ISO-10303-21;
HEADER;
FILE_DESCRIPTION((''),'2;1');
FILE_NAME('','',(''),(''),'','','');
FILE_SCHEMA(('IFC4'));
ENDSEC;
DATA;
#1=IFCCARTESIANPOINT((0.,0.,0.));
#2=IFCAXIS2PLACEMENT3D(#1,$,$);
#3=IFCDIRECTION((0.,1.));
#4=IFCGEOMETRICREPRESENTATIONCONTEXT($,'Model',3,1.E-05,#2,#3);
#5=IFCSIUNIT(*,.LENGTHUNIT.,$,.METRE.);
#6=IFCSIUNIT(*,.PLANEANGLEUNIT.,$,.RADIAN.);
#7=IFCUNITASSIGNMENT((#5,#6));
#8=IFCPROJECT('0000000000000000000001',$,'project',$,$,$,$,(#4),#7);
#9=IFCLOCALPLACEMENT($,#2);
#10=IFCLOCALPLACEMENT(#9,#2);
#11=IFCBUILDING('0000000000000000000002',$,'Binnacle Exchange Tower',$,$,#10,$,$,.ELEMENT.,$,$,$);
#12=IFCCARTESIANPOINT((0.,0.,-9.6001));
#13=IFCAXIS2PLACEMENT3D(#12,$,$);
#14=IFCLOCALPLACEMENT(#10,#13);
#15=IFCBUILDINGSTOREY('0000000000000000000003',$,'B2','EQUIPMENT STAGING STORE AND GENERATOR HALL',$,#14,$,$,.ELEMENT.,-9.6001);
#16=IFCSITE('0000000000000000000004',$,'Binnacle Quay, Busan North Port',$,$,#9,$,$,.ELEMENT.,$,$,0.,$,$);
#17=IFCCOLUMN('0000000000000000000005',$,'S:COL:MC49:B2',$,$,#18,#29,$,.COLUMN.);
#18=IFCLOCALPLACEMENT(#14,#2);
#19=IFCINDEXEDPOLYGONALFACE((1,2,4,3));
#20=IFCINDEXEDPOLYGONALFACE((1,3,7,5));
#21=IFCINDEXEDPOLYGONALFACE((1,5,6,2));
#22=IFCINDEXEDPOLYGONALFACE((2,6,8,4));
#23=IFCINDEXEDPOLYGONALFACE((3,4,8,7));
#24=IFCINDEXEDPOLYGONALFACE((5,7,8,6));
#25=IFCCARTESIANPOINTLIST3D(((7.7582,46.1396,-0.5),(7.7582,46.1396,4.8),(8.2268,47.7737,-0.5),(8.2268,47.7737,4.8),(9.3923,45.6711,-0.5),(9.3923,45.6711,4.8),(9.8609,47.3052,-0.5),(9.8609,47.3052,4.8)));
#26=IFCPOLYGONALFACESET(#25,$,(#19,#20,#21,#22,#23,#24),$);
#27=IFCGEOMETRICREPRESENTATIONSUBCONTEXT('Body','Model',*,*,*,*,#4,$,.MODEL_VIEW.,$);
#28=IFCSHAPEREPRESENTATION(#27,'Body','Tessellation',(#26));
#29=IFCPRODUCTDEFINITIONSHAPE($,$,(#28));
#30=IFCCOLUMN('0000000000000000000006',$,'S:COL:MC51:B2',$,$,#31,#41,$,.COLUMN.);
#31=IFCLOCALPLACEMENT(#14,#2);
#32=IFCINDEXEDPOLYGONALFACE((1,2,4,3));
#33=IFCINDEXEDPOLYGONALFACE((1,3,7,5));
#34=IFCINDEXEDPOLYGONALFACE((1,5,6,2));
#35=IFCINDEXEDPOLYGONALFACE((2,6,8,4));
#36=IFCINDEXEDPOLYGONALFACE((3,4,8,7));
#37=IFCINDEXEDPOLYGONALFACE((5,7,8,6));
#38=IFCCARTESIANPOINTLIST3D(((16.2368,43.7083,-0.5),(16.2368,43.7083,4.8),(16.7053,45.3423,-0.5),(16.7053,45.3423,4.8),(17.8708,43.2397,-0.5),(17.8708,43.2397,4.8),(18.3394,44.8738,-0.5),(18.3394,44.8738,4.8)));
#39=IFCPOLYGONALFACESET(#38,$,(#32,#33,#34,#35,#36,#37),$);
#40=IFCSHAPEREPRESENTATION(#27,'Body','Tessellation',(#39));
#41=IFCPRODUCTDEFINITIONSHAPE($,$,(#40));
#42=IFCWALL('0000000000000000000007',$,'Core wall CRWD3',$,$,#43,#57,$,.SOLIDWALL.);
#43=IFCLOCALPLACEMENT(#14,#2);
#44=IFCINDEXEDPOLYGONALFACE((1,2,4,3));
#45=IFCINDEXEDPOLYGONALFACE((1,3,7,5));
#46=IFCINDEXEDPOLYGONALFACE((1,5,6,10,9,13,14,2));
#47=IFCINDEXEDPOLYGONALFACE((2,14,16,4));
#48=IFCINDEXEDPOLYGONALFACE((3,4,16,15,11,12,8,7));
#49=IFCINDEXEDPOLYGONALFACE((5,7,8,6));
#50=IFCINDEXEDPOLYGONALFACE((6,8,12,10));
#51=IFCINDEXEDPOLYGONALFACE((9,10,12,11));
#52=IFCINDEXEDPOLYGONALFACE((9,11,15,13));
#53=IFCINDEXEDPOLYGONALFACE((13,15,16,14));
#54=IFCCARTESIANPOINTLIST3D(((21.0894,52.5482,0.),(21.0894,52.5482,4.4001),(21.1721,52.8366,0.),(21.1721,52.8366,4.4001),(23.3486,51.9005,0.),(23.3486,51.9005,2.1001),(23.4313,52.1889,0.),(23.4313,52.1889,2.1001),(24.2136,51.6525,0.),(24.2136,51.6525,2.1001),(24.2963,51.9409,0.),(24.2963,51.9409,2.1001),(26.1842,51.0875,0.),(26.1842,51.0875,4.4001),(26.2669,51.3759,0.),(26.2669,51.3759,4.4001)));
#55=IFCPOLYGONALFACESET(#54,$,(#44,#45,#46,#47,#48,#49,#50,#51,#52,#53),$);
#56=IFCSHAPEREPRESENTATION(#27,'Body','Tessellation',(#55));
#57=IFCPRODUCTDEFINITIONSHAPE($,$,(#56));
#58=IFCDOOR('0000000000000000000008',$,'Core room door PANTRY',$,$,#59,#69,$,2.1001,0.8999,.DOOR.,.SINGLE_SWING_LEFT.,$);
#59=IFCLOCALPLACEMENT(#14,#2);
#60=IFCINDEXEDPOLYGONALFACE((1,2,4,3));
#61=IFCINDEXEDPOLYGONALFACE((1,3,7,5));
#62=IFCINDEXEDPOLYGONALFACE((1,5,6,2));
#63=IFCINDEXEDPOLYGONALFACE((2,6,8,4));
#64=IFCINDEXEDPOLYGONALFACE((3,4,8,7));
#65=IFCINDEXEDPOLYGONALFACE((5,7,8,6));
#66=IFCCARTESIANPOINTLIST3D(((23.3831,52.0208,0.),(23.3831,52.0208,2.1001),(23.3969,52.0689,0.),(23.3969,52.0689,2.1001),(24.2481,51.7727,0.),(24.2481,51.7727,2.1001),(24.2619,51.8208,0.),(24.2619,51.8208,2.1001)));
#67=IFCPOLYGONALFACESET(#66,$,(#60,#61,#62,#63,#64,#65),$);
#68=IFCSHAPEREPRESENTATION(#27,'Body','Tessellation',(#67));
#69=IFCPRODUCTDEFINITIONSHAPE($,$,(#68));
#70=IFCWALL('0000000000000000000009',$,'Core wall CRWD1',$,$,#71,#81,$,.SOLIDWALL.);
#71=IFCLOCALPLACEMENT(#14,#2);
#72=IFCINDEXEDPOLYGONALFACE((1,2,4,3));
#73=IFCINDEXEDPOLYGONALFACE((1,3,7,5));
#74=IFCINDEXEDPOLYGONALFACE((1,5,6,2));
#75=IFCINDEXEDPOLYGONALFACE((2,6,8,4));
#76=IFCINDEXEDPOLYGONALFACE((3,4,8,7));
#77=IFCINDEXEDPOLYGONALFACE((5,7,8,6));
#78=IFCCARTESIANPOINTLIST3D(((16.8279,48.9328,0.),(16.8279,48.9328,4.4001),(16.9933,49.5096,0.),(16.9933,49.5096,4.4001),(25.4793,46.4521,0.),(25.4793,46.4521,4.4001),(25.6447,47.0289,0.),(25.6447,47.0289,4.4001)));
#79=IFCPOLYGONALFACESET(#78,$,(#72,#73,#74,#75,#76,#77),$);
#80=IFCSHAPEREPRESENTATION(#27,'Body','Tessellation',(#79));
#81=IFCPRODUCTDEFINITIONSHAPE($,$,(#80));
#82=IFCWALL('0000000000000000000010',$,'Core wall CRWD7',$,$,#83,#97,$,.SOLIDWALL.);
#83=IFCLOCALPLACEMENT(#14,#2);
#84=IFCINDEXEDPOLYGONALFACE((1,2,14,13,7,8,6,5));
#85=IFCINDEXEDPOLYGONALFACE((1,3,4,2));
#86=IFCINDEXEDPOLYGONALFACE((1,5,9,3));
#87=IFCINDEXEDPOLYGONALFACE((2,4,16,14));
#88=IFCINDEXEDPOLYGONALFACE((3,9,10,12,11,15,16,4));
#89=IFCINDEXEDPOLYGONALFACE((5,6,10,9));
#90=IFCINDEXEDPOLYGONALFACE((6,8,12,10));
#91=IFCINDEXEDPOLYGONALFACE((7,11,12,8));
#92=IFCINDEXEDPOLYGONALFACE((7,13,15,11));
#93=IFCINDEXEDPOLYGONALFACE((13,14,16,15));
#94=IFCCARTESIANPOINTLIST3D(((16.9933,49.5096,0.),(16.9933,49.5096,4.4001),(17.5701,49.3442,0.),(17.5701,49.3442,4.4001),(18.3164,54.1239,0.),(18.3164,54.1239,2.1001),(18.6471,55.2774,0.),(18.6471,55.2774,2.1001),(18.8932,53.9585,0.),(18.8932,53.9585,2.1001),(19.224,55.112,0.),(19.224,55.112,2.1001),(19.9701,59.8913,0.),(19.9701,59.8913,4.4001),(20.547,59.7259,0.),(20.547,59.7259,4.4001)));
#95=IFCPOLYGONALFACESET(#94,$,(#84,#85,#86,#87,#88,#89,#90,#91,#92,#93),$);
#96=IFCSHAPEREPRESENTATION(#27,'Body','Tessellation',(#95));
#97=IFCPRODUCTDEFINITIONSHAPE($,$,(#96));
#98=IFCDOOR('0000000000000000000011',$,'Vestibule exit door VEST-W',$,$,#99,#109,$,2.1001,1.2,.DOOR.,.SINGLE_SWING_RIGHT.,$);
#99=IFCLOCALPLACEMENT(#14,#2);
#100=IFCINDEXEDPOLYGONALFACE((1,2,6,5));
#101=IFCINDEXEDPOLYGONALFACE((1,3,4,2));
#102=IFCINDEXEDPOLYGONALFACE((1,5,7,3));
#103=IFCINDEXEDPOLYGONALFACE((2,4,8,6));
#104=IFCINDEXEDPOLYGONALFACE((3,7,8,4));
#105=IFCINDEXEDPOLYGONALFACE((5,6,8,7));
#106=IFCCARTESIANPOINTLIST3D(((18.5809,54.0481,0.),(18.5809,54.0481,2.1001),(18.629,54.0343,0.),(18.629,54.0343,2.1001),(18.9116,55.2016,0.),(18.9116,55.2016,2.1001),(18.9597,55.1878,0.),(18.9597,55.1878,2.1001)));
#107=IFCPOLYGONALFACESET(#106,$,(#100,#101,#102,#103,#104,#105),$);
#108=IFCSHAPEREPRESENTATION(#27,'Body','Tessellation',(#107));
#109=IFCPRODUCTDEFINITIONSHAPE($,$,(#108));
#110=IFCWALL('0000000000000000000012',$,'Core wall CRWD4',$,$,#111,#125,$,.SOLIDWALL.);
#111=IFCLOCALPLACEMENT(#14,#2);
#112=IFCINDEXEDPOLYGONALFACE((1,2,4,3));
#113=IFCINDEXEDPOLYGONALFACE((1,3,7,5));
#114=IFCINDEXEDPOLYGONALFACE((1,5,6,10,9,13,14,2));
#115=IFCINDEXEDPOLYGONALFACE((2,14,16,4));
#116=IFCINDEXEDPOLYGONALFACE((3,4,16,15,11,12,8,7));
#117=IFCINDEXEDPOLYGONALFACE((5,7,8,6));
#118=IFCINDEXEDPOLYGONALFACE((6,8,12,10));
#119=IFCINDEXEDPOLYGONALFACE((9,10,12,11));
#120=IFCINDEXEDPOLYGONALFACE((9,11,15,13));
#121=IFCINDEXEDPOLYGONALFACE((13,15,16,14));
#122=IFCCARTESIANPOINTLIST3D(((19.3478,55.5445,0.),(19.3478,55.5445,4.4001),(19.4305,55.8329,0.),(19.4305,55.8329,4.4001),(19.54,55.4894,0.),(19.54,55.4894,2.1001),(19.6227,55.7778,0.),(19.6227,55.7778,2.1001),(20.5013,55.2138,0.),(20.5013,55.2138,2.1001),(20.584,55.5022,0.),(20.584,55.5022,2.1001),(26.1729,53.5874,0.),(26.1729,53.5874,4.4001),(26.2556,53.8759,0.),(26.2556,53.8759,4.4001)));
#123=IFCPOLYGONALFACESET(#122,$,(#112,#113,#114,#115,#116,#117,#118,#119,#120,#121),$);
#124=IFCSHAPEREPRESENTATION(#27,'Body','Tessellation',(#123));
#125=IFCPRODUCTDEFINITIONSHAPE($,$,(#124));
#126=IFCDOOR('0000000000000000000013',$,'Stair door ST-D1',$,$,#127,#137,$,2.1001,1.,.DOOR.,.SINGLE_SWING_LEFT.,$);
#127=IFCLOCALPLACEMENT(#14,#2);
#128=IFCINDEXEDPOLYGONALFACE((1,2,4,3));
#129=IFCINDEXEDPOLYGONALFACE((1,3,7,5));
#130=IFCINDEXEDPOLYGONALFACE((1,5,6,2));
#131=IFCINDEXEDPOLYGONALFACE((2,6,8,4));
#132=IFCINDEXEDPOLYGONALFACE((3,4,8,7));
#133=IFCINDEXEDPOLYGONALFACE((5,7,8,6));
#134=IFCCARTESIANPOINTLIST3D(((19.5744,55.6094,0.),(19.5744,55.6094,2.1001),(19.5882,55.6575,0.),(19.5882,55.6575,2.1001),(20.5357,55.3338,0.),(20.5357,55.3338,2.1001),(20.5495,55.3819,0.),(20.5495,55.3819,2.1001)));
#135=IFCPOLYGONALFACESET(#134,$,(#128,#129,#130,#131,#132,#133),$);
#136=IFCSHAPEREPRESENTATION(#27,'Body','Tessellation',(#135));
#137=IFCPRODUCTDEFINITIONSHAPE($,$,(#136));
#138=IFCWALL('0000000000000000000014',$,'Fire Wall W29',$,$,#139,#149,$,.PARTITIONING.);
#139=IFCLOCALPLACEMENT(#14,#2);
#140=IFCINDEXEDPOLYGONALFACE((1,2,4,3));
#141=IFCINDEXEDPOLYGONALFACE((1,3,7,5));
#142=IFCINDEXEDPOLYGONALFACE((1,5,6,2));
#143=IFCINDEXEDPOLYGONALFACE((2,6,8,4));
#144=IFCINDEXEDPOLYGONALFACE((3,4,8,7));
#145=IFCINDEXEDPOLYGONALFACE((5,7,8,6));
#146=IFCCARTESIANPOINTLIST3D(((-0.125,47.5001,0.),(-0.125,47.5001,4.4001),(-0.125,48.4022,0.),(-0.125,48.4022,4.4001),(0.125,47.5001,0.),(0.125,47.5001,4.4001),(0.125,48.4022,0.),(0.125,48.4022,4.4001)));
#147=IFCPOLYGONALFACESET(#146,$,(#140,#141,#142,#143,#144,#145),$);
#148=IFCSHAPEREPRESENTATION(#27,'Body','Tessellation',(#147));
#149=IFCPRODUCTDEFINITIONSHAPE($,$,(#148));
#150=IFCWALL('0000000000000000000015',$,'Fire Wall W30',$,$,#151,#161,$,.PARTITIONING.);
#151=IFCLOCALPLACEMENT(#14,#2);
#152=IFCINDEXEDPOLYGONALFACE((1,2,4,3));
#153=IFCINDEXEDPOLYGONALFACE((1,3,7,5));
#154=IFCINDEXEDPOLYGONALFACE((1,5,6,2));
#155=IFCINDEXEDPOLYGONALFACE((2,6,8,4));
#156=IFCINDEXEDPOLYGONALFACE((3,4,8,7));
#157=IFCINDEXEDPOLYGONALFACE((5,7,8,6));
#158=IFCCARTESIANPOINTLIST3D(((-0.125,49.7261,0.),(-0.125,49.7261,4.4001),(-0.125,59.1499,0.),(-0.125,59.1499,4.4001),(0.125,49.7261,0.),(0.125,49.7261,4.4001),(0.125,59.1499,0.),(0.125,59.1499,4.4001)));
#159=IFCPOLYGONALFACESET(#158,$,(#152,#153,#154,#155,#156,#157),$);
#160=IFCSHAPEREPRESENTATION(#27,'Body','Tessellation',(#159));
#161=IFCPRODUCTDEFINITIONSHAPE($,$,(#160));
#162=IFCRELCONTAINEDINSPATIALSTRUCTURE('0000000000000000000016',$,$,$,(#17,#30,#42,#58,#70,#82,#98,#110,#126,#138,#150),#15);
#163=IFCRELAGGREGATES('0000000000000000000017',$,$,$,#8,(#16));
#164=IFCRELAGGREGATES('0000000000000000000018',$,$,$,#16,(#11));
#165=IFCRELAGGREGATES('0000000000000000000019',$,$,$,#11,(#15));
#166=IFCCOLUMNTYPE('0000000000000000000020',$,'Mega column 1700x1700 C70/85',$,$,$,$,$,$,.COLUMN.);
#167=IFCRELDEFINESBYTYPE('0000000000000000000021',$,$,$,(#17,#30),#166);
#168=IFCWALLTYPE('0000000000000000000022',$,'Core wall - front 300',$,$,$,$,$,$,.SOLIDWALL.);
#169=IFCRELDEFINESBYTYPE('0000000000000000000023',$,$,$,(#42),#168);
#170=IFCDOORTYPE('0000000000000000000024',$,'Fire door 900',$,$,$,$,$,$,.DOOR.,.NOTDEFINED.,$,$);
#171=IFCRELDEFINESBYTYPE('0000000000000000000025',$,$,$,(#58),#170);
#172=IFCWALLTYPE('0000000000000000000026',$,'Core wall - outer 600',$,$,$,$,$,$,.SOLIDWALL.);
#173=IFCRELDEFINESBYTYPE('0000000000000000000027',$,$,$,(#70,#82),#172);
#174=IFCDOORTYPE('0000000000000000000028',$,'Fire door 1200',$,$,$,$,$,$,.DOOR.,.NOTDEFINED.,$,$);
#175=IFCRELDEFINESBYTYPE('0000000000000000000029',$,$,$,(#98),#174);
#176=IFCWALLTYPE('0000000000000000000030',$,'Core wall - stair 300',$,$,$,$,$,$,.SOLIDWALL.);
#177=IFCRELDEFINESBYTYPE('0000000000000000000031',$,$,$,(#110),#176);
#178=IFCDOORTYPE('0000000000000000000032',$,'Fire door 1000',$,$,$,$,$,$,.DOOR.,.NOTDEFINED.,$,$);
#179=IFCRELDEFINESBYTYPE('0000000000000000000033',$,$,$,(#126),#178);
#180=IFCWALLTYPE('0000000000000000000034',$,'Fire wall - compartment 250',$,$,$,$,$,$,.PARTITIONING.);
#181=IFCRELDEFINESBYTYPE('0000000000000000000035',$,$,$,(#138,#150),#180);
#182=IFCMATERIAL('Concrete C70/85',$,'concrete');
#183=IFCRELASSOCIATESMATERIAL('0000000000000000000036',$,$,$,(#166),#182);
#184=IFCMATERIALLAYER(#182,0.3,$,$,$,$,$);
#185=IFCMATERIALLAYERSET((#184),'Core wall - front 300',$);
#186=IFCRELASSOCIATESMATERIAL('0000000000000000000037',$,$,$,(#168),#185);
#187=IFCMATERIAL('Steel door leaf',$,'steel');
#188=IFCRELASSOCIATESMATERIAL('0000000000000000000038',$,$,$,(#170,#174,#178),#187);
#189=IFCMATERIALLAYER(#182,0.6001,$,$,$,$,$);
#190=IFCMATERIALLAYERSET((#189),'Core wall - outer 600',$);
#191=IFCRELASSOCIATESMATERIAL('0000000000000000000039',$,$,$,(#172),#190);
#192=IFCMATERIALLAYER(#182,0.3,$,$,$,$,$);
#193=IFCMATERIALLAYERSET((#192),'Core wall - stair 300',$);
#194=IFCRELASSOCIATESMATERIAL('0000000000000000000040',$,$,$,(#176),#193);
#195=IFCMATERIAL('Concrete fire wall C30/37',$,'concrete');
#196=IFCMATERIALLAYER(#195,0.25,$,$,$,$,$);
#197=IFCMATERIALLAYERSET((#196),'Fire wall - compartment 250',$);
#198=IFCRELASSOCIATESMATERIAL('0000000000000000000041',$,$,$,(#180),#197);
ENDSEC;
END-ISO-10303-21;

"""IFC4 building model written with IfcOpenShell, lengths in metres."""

from ifc_helpers import new_model, si_unit, direction, frame, frame_2d, origin, origin_2d, place, context, subcontext, project, spatial, rectangle, extrude, material, layer, layer_set, material_profile, profile_set, type_object, element, fill, save


model = new_model("IFC4")

# Units and contexts
model_context = context("Model", 3, precision=1e-05, world=origin(), true_north=direction((0.0, 1.0)))
body_context = subcontext(model_context, "Body", "Model", "MODEL_VIEW")
ifc_project = project(units=[si_unit("LENGTHUNIT", "METRE"), si_unit("PLANEANGLEUNIT", "RADIAN")], contexts=[model_context])

# Site, building, storey
site_placement = place(None, origin())
site = spatial("IfcSite", under=ifc_project, at=site_placement, Name="Binnacle Quay, Busan North Port", CompositionType="ELEMENT", RefElevation=0.0)
building_placement = place(site_placement, origin())
building = spatial("IfcBuilding", under=site, at=building_placement, Name="Binnacle Exchange Tower", CompositionType="ELEMENT")
storey_placement = place(building_placement, frame((0.0, 0.0, -9.6001)))
storey = spatial("IfcBuildingStorey", under=building, at=storey_placement, Name="B2", Description="EQUIPMENT STAGING STORE AND GENERATOR HALL", CompositionType="ELEMENT", Elevation=-9.6001)

# Columns
ifc_material_1 = material(Name="Concrete C70/85", Category="concrete")
ifc_material_profile_1 = material_profile(ifc_material_1, rectangle(XDim=1.7, YDim=1.7, at=origin_2d()), Name="Mega column 1700x1700 C70/85")
ifc_profile_set_1 = profile_set([ifc_material_profile_1], Name="Concrete C70/85")
column_type = type_object("IfcColumnType", Name="Mega column 1700x1700 C70/85", PredefinedType="COLUMN", material=ifc_profile_set_1)
for number, where, z_axis, x_axis, name in (
    (1, (8.8096, 46.7224, -0.5), (0.0, 0.0, 1.0), (0.961262, -0.275637, 0.0), "S:COL:MC49:B2"),
    (2, (17.2881, 44.291, -0.5), (0.0, 0.0, 1.0), (0.961262, -0.275637, 0.0), "S:COL:MC51:B2"),
):
    element("IfcColumn", number, at=place(storey_placement, frame(where, z_axis=z_axis, x_axis=x_axis)), inside=storey, type_object=column_type, Name=name, PredefinedType="COLUMN", context=body_context, shape_type="SweptSolid", body=[
        extrude(rectangle(XDim=1.7, YDim=1.7, at=origin_2d()), origin(), (0.0, 0.0, 1.0), 5.3),
    ])

# Wall, opening, door
ifc_layer_1 = layer(ifc_material_1, 0.3)
ifc_layer_set_1 = layer_set([ifc_layer_1], Name="Core wall - front 300")
wall_type_1 = type_object("IfcWallType", Name="Core wall - front 300", PredefinedType="SOLIDWALL", material=ifc_layer_set_1)
wall_1_placement = place(storey_placement, frame((21.1309, 52.6924, 0.0), z_axis=(0.0, 0.0, 1.0), x_axis=(0.961271, -0.275603, 0.0)))
wall_1 = element("IfcWall", 3, at=wall_1_placement, inside=storey, type_object=wall_type_1, Name="Core wall CRWD3", PredefinedType="SOLIDWALL", context=body_context, shape_type="SweptSolid", body=[
    extrude(rectangle(XDim=5.3, YDim=0.3, at=frame_2d((2.6499, 0.0))), origin(), (0.0, 0.0, 1.0), 4.4001),
])
opening_1_placement = place(wall_1_placement, frame((2.3501, 0.0, 0.0)))
opening_1 = element("IfcOpeningElement", 4, at=opening_1_placement, cuts=wall_1, PredefinedType="OPENING", context=body_context, shape_type="SweptSolid", body=[
    extrude(rectangle(XDim=0.8999, YDim=2.1001, at=frame_2d((0.45, 1.05))), frame((0.0, 0.1599, 0.0), z_axis=(0.0, -1.0, 0.0), x_axis=(1.0, 0.0, 0.0)), (0.0, 0.0, 1.0), 0.3201),
])
ifc_material_2 = material(Name="Steel door leaf", Category="steel")
door_type_1 = type_object("IfcDoorType", Name="Fire door 900", OperationType="NOTDEFINED", PredefinedType="DOOR", material=ifc_material_2)
door_1_placement = place(opening_1_placement, frame((0.8999, 0.0, 0.0), z_axis=(0.0, 0.0, 1.0), x_axis=(-1.0, 0.0, 0.0)))
door_1 = element("IfcDoor", 5, at=door_1_placement, inside=storey, type_object=door_type_1, Name="Core room door PANTRY", OperationType="SINGLE_SWING_LEFT", OverallHeight=2.1001, OverallWidth=0.8999, PredefinedType="DOOR", context=body_context, shape_type="SweptSolid", body=[
    extrude(rectangle(XDim=0.8999, YDim=2.1001, at=frame_2d((0.45, 1.05))), frame((0.0, 0.0249, 0.0), z_axis=(0.0, -1.0, 0.0), x_axis=(1.0, 0.0, 0.0)), (0.0, 0.0, 1.0), 0.05),
])
fill(opening_1, door_1)

# Wall
ifc_layer_2 = layer(ifc_material_1, 0.6001)
ifc_layer_set_2 = layer_set([ifc_layer_2], Name="Core wall - outer 600")
wall_type_2 = type_object("IfcWallType", Name="Core wall - outer 600", PredefinedType="SOLIDWALL", material=ifc_layer_set_2)
wall_2_placement = place(storey_placement, frame((16.9106, 49.2212, 0.0), z_axis=(0.0, 0.0, 1.0), x_axis=(0.961262, -0.275635, 0.0)))
element("IfcWall", 6, at=wall_2_placement, inside=storey, type_object=wall_type_2, Name="Core wall CRWD1", PredefinedType="SOLIDWALL", context=body_context, shape_type="SweptSolid", body=[
    extrude(rectangle(XDim=9.0, YDim=0.6001, at=frame_2d((4.5, 0.0))), origin(), (0.0, 0.0, 1.0), 4.4001),
])

# Walls, openings, doors
wall_3_placement = place(storey_placement, frame((17.2817, 49.427, 0.0), z_axis=(0.0, 0.0, 1.0), x_axis=(0.275632, 0.961263, 0.0)))
wall_3 = element("IfcWall", 7, at=wall_3_placement, inside=storey, type_object=wall_type_2, Name="Core wall CRWD7", PredefinedType="SOLIDWALL", context=body_context, shape_type="SweptSolid", body=[
    extrude(rectangle(XDim=10.8, YDim=0.6001, at=frame_2d((5.3999, 0.0))), origin(), (0.0, 0.0, 1.0), 4.4001),
])
opening_2_placement = place(wall_3_placement, frame((4.8, 0.0, 0.0)))
opening_2 = element("IfcOpeningElement", 8, at=opening_2_placement, cuts=wall_3, PredefinedType="OPENING", context=body_context, shape_type="SweptSolid", body=[
    extrude(rectangle(XDim=1.2, YDim=2.1001, at=frame_2d((0.6001, 1.05))), frame((0.0, 0.3101, 0.0), z_axis=(0.0, -1.0, 0.0), x_axis=(1.0, 0.0, 0.0)), (0.0, 0.0, 1.0), 0.6201),
])
door_type_2 = type_object("IfcDoorType", Name="Fire door 1200", OperationType="NOTDEFINED", PredefinedType="DOOR", material=ifc_material_2)
door_2_placement = place(opening_2_placement, origin())
door_2 = element("IfcDoor", 9, at=door_2_placement, inside=storey, type_object=door_type_2, Name="Vestibule exit door VEST-W", OperationType="SINGLE_SWING_RIGHT", OverallHeight=2.1001, OverallWidth=1.2, PredefinedType="DOOR", context=body_context, shape_type="SweptSolid", body=[
    extrude(rectangle(XDim=1.2, YDim=2.1001, at=frame_2d((0.6001, 1.05))), frame((0.0, 0.0249, 0.0), z_axis=(0.0, -1.0, 0.0), x_axis=(1.0, 0.0, 0.0)), (0.0, 0.0, 1.0), 0.05),
])
fill(opening_2, door_2)
ifc_layer_3 = layer(ifc_material_1, 0.3)
ifc_layer_set_3 = layer_set([ifc_layer_3], Name="Core wall - stair 300")
wall_type_3 = type_object("IfcWallType", Name="Core wall - stair 300", PredefinedType="SOLIDWALL", material=ifc_layer_set_3)
wall_4_placement = place(storey_placement, frame((19.3892, 55.6887, 0.0), z_axis=(0.0, 0.0, 1.0), x_axis=(0.961261, -0.275638, 0.0)))
wall_4 = element("IfcWall", 10, at=wall_4_placement, inside=storey, type_object=wall_type_3, Name="Core wall CRWD4", PredefinedType="SOLIDWALL", context=body_context, shape_type="SweptSolid", body=[
    extrude(rectangle(XDim=7.1001, YDim=0.3, at=frame_2d((3.55, 0.0))), origin(), (0.0, 0.0, 1.0), 4.4001),
])
opening_3_placement = place(wall_4_placement, frame((0.2, 0.0, 0.0)))
opening_3 = element("IfcOpeningElement", 11, at=opening_3_placement, cuts=wall_4, PredefinedType="OPENING", context=body_context, shape_type="SweptSolid", body=[
    extrude(rectangle(XDim=1.0, YDim=2.1001, at=frame_2d((0.5, 1.05))), frame((0.0, 0.1599, 0.0), z_axis=(0.0, -1.0, 0.0), x_axis=(1.0, 0.0, 0.0)), (0.0, 0.0, 1.0), 0.3201),
])
door_type_3 = type_object("IfcDoorType", Name="Fire door 1000", OperationType="NOTDEFINED", PredefinedType="DOOR", material=ifc_material_2)
door_3_placement = place(opening_3_placement, origin())
door_3 = element("IfcDoor", 12, at=door_3_placement, inside=storey, type_object=door_type_3, Name="Stair door ST-D1", OperationType="SINGLE_SWING_LEFT", OverallHeight=2.1001, OverallWidth=1.0, PredefinedType="DOOR", context=body_context, shape_type="SweptSolid", body=[
    extrude(rectangle(XDim=1.0, YDim=2.1001, at=frame_2d((0.5, 1.05))), frame((0.0, 0.0249, 0.0), z_axis=(0.0, -1.0, 0.0), x_axis=(1.0, 0.0, 0.0)), (0.0, 0.0, 1.0), 0.05),
])
fill(opening_3, door_3)

# Walls
ifc_material_3 = material(Name="Concrete fire wall C30/37", Category="concrete")
ifc_layer_4 = layer(ifc_material_3, 0.25)
ifc_layer_set_4 = layer_set([ifc_layer_4], Name="Fire wall - compartment 250")
wall_type_4 = type_object("IfcWallType", Name="Fire wall - compartment 250", PredefinedType="PARTITIONING", material=ifc_layer_set_4)
wall_5_placement = place(storey_placement, frame((0.0, 47.5, 0.0), z_axis=(0.0, 0.0, 1.0), x_axis=(0.0, 1.0, 0.0)))
element("IfcWall", 13, at=wall_5_placement, inside=storey, type_object=wall_type_4, Name="Fire Wall W29", PredefinedType="PARTITIONING", context=body_context, shape_type="SweptSolid", body=[
    extrude(rectangle(XDim=0.9021, YDim=0.25, at=frame_2d((0.4512, 0.0))), origin(), (0.0, 0.0, 1.0), 4.4001),
])
wall_6_placement = place(storey_placement, frame((0.0, 49.7261, 0.0), z_axis=(0.0, 0.0, 1.0), x_axis=(0.0, 1.0, 0.0)))
element("IfcWall", 14, at=wall_6_placement, inside=storey, type_object=wall_type_4, Name="Fire Wall W30", PredefinedType="PARTITIONING", context=body_context, shape_type="SweptSolid", body=[
    extrude(rectangle(XDim=9.4238, YDim=0.25, at=frame_2d((4.7119, 0.0))), origin(), (0.0, 0.0, 1.0), 4.4001),
])

save(model, "model.ifc")
